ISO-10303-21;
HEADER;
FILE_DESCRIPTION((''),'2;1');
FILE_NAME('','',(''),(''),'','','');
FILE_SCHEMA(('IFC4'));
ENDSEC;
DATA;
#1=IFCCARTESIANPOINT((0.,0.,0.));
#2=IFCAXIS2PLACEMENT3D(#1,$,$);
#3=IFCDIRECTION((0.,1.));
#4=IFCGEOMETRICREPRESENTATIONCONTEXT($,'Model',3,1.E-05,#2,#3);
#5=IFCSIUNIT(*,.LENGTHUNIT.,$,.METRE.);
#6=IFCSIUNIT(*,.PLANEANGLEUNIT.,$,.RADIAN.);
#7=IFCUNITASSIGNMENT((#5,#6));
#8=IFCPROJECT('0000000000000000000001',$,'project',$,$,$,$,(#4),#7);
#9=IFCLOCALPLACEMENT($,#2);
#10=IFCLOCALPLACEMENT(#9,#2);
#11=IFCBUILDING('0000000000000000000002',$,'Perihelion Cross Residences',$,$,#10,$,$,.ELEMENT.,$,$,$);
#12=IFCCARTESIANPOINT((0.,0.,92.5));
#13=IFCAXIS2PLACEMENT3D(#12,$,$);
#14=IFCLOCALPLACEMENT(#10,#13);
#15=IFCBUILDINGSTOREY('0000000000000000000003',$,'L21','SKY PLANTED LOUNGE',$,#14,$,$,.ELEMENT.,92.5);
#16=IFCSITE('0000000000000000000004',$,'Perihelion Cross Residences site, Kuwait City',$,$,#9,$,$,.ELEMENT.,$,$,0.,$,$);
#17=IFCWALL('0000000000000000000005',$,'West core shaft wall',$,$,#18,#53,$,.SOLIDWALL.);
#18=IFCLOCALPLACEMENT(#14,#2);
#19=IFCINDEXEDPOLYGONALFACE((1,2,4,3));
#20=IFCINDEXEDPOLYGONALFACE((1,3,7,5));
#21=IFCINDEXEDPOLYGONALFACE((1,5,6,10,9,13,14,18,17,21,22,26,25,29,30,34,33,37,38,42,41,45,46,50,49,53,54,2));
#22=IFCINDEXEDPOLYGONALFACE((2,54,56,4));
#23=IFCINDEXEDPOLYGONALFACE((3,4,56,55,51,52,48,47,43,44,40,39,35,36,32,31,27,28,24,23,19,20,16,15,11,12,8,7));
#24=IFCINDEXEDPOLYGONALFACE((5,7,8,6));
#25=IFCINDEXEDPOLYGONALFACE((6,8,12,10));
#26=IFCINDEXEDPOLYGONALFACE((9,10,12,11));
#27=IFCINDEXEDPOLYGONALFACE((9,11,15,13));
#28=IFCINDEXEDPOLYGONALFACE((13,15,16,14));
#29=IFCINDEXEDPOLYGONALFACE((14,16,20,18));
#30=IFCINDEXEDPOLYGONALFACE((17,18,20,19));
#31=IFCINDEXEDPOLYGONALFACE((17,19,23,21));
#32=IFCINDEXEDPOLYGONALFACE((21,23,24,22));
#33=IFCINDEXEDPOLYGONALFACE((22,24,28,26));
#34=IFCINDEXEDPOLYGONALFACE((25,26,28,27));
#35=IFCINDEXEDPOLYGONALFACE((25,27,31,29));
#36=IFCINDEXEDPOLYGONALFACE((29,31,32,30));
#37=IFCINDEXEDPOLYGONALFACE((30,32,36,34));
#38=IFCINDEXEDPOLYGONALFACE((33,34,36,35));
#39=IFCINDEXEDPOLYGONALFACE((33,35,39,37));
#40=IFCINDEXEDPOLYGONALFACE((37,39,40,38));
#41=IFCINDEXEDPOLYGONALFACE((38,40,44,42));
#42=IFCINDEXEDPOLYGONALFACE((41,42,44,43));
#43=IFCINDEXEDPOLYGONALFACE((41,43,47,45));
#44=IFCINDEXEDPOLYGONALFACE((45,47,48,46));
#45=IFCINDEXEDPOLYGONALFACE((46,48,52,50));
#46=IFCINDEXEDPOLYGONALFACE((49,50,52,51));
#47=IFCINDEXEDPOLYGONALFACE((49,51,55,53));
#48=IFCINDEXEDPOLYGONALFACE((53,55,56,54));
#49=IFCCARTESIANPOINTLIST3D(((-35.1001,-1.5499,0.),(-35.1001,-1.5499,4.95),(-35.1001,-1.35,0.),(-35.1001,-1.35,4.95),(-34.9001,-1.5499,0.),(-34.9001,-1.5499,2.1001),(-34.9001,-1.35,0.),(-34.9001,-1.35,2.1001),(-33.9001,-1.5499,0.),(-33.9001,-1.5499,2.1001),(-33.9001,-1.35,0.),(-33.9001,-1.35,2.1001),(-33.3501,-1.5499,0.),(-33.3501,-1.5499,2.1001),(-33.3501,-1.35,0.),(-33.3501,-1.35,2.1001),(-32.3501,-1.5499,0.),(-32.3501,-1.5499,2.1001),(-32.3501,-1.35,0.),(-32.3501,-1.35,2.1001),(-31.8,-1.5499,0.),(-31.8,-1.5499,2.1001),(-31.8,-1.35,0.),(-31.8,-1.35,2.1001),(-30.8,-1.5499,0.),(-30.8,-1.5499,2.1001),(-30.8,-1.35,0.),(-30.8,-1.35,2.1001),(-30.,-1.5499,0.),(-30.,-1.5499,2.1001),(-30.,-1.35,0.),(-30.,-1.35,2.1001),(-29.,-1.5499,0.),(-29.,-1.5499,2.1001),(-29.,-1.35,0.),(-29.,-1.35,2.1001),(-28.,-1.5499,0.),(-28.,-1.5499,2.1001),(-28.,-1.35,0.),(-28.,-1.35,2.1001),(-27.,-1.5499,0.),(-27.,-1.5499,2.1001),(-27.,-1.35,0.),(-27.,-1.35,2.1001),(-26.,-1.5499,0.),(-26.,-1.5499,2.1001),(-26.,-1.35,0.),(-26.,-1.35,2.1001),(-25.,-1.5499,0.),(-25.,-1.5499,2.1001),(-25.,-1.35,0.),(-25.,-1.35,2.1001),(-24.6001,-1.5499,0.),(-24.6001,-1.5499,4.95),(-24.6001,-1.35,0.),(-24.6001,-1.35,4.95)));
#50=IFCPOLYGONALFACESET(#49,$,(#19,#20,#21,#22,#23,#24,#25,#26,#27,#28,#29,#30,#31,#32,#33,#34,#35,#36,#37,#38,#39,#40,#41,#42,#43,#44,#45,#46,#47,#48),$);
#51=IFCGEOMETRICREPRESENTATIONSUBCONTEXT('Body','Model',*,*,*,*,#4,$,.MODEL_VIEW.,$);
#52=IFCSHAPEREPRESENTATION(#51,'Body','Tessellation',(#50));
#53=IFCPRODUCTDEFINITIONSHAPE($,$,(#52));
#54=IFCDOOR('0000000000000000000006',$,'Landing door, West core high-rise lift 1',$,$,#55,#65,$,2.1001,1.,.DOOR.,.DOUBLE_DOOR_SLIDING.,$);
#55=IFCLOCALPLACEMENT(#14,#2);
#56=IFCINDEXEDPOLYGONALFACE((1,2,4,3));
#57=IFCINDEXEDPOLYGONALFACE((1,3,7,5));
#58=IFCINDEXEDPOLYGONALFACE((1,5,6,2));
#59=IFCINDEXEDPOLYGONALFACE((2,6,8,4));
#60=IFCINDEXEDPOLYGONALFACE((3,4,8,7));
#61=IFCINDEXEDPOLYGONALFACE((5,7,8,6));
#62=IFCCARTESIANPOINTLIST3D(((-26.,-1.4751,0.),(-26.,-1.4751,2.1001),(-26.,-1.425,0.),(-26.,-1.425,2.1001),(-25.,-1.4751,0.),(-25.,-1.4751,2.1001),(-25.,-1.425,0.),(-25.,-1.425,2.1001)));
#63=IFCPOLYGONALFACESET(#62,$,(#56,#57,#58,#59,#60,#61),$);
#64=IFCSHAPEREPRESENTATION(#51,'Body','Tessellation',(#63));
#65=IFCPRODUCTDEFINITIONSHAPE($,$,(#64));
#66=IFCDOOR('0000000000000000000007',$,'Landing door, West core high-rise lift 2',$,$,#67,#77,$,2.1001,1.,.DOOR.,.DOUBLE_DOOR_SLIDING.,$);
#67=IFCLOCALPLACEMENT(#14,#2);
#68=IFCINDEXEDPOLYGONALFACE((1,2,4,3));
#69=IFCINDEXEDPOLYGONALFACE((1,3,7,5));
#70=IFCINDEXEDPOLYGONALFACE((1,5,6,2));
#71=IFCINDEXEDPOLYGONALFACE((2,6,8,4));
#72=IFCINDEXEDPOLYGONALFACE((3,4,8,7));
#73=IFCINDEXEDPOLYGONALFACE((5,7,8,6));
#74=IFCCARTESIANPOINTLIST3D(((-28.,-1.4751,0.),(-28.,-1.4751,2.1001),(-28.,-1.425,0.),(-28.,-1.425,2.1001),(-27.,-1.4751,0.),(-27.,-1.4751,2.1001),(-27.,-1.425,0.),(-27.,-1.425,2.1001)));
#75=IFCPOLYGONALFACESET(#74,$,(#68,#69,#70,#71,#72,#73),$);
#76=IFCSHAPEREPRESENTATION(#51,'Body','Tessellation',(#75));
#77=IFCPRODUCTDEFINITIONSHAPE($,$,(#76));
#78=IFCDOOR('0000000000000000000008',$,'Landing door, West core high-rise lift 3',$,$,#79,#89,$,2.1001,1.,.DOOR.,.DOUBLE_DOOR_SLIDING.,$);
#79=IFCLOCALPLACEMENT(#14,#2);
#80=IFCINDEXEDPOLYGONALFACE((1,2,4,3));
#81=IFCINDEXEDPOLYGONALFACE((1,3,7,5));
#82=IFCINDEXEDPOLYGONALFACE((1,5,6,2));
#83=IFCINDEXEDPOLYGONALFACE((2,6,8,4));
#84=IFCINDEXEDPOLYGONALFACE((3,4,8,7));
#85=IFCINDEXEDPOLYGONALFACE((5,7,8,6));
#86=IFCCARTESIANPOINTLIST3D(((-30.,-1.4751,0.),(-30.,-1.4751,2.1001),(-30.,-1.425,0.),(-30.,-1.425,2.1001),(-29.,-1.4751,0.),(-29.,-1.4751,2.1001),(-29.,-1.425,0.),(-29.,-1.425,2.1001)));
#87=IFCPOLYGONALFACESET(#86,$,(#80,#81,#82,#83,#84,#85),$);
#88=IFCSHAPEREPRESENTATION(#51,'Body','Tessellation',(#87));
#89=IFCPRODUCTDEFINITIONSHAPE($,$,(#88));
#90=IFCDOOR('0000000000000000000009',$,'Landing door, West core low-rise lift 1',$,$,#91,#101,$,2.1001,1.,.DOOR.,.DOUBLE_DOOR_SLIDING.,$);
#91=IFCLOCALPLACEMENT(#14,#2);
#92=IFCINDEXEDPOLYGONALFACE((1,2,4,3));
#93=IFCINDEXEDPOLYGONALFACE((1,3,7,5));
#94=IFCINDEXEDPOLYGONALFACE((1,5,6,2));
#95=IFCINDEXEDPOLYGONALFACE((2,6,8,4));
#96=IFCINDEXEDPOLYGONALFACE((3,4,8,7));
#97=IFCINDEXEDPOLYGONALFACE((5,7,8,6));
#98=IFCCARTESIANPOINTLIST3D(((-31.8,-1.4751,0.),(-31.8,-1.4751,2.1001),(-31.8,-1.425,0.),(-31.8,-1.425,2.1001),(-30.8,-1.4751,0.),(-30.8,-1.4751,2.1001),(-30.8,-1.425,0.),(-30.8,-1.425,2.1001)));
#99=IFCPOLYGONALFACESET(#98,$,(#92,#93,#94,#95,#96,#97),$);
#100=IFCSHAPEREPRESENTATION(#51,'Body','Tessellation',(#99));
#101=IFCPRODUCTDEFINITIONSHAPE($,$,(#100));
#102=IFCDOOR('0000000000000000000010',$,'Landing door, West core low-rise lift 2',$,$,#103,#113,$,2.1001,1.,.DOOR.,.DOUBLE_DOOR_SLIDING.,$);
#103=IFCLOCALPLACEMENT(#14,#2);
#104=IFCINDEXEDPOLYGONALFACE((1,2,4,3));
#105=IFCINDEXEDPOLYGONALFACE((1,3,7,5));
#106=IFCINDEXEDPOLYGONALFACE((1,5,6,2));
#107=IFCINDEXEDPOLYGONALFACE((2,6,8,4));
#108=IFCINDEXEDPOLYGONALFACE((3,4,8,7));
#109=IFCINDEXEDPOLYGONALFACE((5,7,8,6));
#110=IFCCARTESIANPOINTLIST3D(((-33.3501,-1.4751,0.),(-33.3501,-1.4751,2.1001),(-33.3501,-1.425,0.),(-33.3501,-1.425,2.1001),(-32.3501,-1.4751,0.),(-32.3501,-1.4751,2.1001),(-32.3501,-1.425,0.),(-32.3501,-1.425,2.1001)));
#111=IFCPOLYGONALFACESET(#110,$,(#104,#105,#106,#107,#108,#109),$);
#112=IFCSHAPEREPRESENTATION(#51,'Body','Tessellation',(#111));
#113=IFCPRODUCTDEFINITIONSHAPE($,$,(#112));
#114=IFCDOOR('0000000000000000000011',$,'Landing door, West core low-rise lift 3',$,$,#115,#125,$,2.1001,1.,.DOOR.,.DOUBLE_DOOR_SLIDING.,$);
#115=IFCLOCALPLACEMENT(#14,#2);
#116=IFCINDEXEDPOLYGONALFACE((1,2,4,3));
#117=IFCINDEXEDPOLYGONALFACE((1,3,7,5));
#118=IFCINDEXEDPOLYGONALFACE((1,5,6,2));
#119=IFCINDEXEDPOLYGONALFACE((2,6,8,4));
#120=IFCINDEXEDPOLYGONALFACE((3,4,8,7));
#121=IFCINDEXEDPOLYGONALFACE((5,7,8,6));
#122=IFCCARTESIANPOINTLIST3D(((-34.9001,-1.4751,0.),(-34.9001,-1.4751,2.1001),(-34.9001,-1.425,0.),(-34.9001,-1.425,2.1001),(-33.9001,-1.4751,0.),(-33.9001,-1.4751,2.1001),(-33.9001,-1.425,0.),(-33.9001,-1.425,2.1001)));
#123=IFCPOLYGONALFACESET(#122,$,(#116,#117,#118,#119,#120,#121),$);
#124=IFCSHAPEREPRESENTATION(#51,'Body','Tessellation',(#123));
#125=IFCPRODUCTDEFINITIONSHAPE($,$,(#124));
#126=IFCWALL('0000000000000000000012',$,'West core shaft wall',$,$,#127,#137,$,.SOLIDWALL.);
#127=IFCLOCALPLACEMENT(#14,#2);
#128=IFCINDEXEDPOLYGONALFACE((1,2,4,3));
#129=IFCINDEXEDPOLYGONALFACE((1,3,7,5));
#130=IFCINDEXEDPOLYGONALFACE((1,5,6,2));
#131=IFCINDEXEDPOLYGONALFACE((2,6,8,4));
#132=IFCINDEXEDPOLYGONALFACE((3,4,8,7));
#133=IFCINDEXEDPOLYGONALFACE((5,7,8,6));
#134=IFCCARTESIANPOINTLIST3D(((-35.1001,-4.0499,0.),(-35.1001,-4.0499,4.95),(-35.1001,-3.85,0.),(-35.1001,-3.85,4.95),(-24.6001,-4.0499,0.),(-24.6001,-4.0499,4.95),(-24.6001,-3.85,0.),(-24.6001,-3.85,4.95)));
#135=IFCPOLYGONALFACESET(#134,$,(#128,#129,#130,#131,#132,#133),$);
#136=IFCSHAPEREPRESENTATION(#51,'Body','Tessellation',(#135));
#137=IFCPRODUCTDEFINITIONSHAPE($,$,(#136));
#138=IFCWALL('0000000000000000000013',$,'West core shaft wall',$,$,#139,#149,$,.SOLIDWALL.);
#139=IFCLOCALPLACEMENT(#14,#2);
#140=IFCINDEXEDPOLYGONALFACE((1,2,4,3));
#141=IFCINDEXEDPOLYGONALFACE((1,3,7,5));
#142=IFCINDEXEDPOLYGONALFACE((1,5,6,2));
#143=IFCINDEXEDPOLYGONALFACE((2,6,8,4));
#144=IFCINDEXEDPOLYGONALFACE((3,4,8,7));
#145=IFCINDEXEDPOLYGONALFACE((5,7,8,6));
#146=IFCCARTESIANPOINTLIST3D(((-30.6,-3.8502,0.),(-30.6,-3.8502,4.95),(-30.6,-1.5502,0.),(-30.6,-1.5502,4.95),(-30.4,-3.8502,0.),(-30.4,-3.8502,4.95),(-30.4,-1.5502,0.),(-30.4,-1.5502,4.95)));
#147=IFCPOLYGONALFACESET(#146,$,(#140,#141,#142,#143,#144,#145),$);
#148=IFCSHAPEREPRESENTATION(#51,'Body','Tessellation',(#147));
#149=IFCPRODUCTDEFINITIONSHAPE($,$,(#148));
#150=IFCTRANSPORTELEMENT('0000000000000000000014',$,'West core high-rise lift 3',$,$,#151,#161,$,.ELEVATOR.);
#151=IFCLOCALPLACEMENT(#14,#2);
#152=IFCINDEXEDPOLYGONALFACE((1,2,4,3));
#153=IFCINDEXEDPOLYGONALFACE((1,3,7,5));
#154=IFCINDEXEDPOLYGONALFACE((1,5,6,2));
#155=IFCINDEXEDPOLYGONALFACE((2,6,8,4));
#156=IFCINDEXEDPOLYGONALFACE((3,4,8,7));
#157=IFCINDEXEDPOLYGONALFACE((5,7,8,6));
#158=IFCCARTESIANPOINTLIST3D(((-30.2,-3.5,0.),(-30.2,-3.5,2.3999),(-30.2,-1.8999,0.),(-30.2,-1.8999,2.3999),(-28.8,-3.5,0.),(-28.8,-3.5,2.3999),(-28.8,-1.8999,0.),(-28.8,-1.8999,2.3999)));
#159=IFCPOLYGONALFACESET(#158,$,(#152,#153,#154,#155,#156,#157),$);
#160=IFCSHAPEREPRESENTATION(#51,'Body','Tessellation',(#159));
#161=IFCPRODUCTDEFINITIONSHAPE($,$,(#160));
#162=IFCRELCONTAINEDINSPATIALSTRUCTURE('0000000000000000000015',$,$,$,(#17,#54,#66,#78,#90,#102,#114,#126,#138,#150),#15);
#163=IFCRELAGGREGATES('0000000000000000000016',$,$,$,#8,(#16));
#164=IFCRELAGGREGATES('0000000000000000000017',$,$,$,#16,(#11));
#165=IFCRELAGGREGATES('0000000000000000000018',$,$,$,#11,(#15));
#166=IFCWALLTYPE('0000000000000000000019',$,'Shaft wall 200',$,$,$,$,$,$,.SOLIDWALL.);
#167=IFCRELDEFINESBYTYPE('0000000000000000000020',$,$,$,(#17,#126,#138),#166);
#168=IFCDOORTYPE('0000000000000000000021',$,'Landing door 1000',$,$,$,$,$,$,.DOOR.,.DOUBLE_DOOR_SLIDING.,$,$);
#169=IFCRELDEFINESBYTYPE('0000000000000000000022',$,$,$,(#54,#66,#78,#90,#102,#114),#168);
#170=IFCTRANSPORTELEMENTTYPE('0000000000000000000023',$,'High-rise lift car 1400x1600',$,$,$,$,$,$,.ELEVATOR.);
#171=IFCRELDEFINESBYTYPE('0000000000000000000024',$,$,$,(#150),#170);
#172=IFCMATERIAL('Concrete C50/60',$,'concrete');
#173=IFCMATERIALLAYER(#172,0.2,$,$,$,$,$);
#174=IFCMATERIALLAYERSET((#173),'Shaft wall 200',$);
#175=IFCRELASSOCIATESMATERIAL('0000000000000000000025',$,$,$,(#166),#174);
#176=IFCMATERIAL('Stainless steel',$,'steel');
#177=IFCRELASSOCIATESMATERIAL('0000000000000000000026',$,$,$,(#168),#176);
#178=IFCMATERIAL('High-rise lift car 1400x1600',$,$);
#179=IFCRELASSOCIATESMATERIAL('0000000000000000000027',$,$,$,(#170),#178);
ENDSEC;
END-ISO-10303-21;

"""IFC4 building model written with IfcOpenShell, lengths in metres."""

from ifc_helpers import new_model, si_unit, direction, frame, frame_2d, origin, origin_2d, place, context, subcontext, project, spatial, rectangle, extrude, material, layer, layer_set, type_object, element, fill, save


model = new_model("IFC4")

# Units and contexts
model_context = context("Model", 3, precision=1e-05, world=origin(), true_north=direction((0.0, 1.0)))
body_context = subcontext(model_context, "Body", "Model", "MODEL_VIEW")
ifc_project = project(units=[si_unit("LENGTHUNIT", "METRE"), si_unit("PLANEANGLEUNIT", "RADIAN")], contexts=[model_context])

# Site, building, storey
site_placement = place(None, origin())
site = spatial("IfcSite", under=ifc_project, at=site_placement, Name="Perihelion Cross Residences site, Kuwait City", CompositionType="ELEMENT", RefElevation=0.0)
building_placement = place(site_placement, origin())
building = spatial("IfcBuilding", under=site, at=building_placement, Name="Perihelion Cross Residences", CompositionType="ELEMENT")
storey_placement = place(building_placement, frame((0.0, 0.0, 92.5)))
storey = spatial("IfcBuildingStorey", under=building, at=storey_placement, Name="L21", Description="SKY PLANTED LOUNGE", CompositionType="ELEMENT", Elevation=92.5)

# Wall, openings, doors
ifc_material_1 = material(Name="Concrete C50/60", Category="concrete")
ifc_layer_1 = layer(ifc_material_1, 0.2)
ifc_layer_set_1 = layer_set([ifc_layer_1], Name="Shaft wall 200")
wall_type_1 = type_object("IfcWallType", Name="Shaft wall 200", PredefinedType="SOLIDWALL", material=ifc_layer_set_1)
wall_1_placement = place(storey_placement, frame((-35.1001, -1.45, 0.0), z_axis=(0.0, 0.0, 1.0), x_axis=(1.0, 0.0, 0.0)))
wall_1 = element("IfcWall", 1, at=wall_1_placement, inside=storey, type_object=wall_type_1, Name="West core shaft wall", PredefinedType="SOLIDWALL", context=body_context, shape_type="SweptSolid", body=[
    extrude(rectangle(XDim=10.5, YDim=0.2, at=frame_2d((5.25, 0.0))), origin(), (0.0, 0.0, 1.0), 4.95),
])
opening_1_placement = place(wall_1_placement, frame((9.1001, 0.0, 0.0)))
opening_1 = element("IfcOpeningElement", 2, at=opening_1_placement, cuts=wall_1, PredefinedType="OPENING", context=body_context, shape_type="SweptSolid", body=[
    extrude(rectangle(XDim=1.0, YDim=2.1001, at=frame_2d((0.5, 1.05))), frame((0.0, 0.1099, 0.0), z_axis=(0.0, -1.0, 0.0), x_axis=(1.0, 0.0, 0.0)), (0.0, 0.0, 1.0), 0.22),
])
opening_2_placement = place(wall_1_placement, frame((7.1001, 0.0, 0.0)))
opening_2 = element("IfcOpeningElement", 3, at=opening_2_placement, cuts=wall_1, PredefinedType="OPENING", context=body_context, shape_type="SweptSolid", body=[
    extrude(rectangle(XDim=1.0, YDim=2.1001, at=frame_2d((0.5, 1.05))), frame((0.0, 0.1099, 0.0), z_axis=(0.0, -1.0, 0.0), x_axis=(1.0, 0.0, 0.0)), (0.0, 0.0, 1.0), 0.22),
])
opening_3_placement = place(wall_1_placement, frame((5.1001, 0.0, 0.0)))
opening_3 = element("IfcOpeningElement", 4, at=opening_3_placement, cuts=wall_1, PredefinedType="OPENING", context=body_context, shape_type="SweptSolid", body=[
    extrude(rectangle(XDim=1.0, YDim=2.1001, at=frame_2d((0.5, 1.05))), frame((0.0, 0.1099, 0.0), z_axis=(0.0, -1.0, 0.0), x_axis=(1.0, 0.0, 0.0)), (0.0, 0.0, 1.0), 0.22),
])
opening_4_placement = place(wall_1_placement, frame((3.3, 0.0, 0.0)))
opening_4 = element("IfcOpeningElement", 5, at=opening_4_placement, cuts=wall_1, PredefinedType="OPENING", context=body_context, shape_type="SweptSolid", body=[
    extrude(rectangle(XDim=1.0, YDim=2.1001, at=frame_2d((0.5, 1.05))), frame((0.0, 0.1099, 0.0), z_axis=(0.0, -1.0, 0.0), x_axis=(1.0, 0.0, 0.0)), (0.0, 0.0, 1.0), 0.22),
])
opening_5_placement = place(wall_1_placement, frame((1.75, 0.0, 0.0)))
opening_5 = element("IfcOpeningElement", 6, at=opening_5_placement, cuts=wall_1, PredefinedType="OPENING", context=body_context, shape_type="SweptSolid", body=[
    extrude(rectangle(XDim=1.0, YDim=2.1001, at=frame_2d((0.5, 1.05))), frame((0.0, 0.1099, 0.0), z_axis=(0.0, -1.0, 0.0), x_axis=(1.0, 0.0, 0.0)), (0.0, 0.0, 1.0), 0.22),
])
opening_6_placement = place(wall_1_placement, frame((0.2, 0.0, 0.0)))
opening_6 = element("IfcOpeningElement", 7, at=opening_6_placement, cuts=wall_1, PredefinedType="OPENING", context=body_context, shape_type="SweptSolid", body=[
    extrude(rectangle(XDim=1.0, YDim=2.1001, at=frame_2d((0.5, 1.05))), frame((0.0, 0.1099, 0.0), z_axis=(0.0, -1.0, 0.0), x_axis=(1.0, 0.0, 0.0)), (0.0, 0.0, 1.0), 0.22),
])
ifc_material_2 = material(Name="Stainless steel", Category="steel")
door_type = type_object("IfcDoorType", Name="Landing door 1000", OperationType="DOUBLE_DOOR_SLIDING", PredefinedType="DOOR", material=ifc_material_2)
door_1_placement = place(opening_1_placement, origin())
door_1 = element("IfcDoor", 8, at=door_1_placement, inside=storey, type_object=door_type, Name="Landing door, West core high-rise lift 1", OperationType="DOUBLE_DOOR_SLIDING", OverallHeight=2.1001, OverallWidth=1.0, PredefinedType="DOOR", context=body_context, shape_type="SweptSolid", body=[
    extrude(rectangle(XDim=1.0, YDim=2.1001, at=frame_2d((0.5, 1.05))), frame((0.0, 0.0249, 0.0), z_axis=(0.0, -1.0, 0.0), x_axis=(1.0, 0.0, 0.0)), (0.0, 0.0, 1.0), 0.05),
])
fill(opening_1, door_1)
door_2_placement = place(opening_2_placement, origin())
door_2 = element("IfcDoor", 9, at=door_2_placement, inside=storey, type_object=door_type, Name="Landing door, West core high-rise lift 2", OperationType="DOUBLE_DOOR_SLIDING", OverallHeight=2.1001, OverallWidth=1.0, PredefinedType="DOOR", context=body_context, shape_type="SweptSolid", body=[
    extrude(rectangle(XDim=1.0, YDim=2.1001, at=frame_2d((0.5, 1.05))), frame((0.0, 0.0249, 0.0), z_axis=(0.0, -1.0, 0.0), x_axis=(1.0, 0.0, 0.0)), (0.0, 0.0, 1.0), 0.05),
])
fill(opening_2, door_2)
door_3_placement = place(opening_3_placement, origin())
door_3 = element("IfcDoor", 10, at=door_3_placement, inside=storey, type_object=door_type, Name="Landing door, West core high-rise lift 3", OperationType="DOUBLE_DOOR_SLIDING", OverallHeight=2.1001, OverallWidth=1.0, PredefinedType="DOOR", context=body_context, shape_type="SweptSolid", body=[
    extrude(rectangle(XDim=1.0, YDim=2.1001, at=frame_2d((0.5, 1.05))), frame((0.0, 0.0249, 0.0), z_axis=(0.0, -1.0, 0.0), x_axis=(1.0, 0.0, 0.0)), (0.0, 0.0, 1.0), 0.05),
])
fill(opening_3, door_3)
door_4_placement = place(opening_4_placement, origin())
door_4 = element("IfcDoor", 11, at=door_4_placement, inside=storey, type_object=door_type, Name="Landing door, West core low-rise lift 1", OperationType="DOUBLE_DOOR_SLIDING", OverallHeight=2.1001, OverallWidth=1.0, PredefinedType="DOOR", context=body_context, shape_type="SweptSolid", body=[
    extrude(rectangle(XDim=1.0, YDim=2.1001, at=frame_2d((0.5, 1.05))), frame((0.0, 0.0249, 0.0), z_axis=(0.0, -1.0, 0.0), x_axis=(1.0, 0.0, 0.0)), (0.0, 0.0, 1.0), 0.05),
])
fill(opening_4, door_4)
door_5_placement = place(opening_5_placement, origin())
door_5 = element("IfcDoor", 12, at=door_5_placement, inside=storey, type_object=door_type, Name="Landing door, West core low-rise lift 2", OperationType="DOUBLE_DOOR_SLIDING", OverallHeight=2.1001, OverallWidth=1.0, PredefinedType="DOOR", context=body_context, shape_type="SweptSolid", body=[
    extrude(rectangle(XDim=1.0, YDim=2.1001, at=frame_2d((0.5, 1.05))), frame((0.0, 0.0249, 0.0), z_axis=(0.0, -1.0, 0.0), x_axis=(1.0, 0.0, 0.0)), (0.0, 0.0, 1.0), 0.05),
])
fill(opening_5, door_5)
door_6_placement = place(opening_6_placement, origin())
door_6 = element("IfcDoor", 13, at=door_6_placement, inside=storey, type_object=door_type, Name="Landing door, West core low-rise lift 3", OperationType="DOUBLE_DOOR_SLIDING", OverallHeight=2.1001, OverallWidth=1.0, PredefinedType="DOOR", context=body_context, shape_type="SweptSolid", body=[
    extrude(rectangle(XDim=1.0, YDim=2.1001, at=frame_2d((0.5, 1.05))), frame((0.0, 0.0249, 0.0), z_axis=(0.0, -1.0, 0.0), x_axis=(1.0, 0.0, 0.0)), (0.0, 0.0, 1.0), 0.05),
])
fill(opening_6, door_6)

# Walls
wall_2_placement = place(storey_placement, frame((-35.1001, -3.95, 0.0), z_axis=(0.0, 0.0, 1.0), x_axis=(1.0, 0.0, 0.0)))
element("IfcWall", 14, at=wall_2_placement, inside=storey, type_object=wall_type_1, Name="West core shaft wall", PredefinedType="SOLIDWALL", context=body_context, shape_type="SweptSolid", body=[
    extrude(rectangle(XDim=10.5, YDim=0.2, at=frame_2d((5.25, 0.0))), origin(), (0.0, 0.0, 1.0), 4.95),
])
wall_3_placement = place(storey_placement, frame((-30.5, -3.8501, 0.0), z_axis=(0.0, 0.0, 1.0), x_axis=(0.0, 1.0, 0.0)))
element("IfcWall", 15, at=wall_3_placement, inside=storey, type_object=wall_type_1, Name="West core shaft wall", PredefinedType="SOLIDWALL", context=body_context, shape_type="SweptSolid", body=[
    extrude(rectangle(XDim=2.3, YDim=0.2, at=frame_2d((1.1499, 0.0))), origin(), (0.0, 0.0, 1.0), 4.95),
])

# Transport element
ifc_material_3 = material(Name="High-rise lift car 1400x1600")
transport_element_type = type_object("IfcTransportElementType", Name="High-rise lift car 1400x1600", PredefinedType="ELEVATOR", material=ifc_material_3)
transport_element_placement = place(storey_placement, frame((-29.5, -2.7, 0.0), z_axis=(0.0, 0.0, 1.0), x_axis=(1.0, 0.0, 0.0)))
element("IfcTransportElement", 16, at=transport_element_placement, inside=storey, type_object=transport_element_type, Name="West core high-rise lift 3", PredefinedType="ELEVATOR", context=body_context, shape_type="SweptSolid", body=[
    extrude(rectangle(XDim=1.3999, YDim=1.6001, at=origin_2d()), origin(), (0.0, 0.0, 1.0), 2.3999),
])

save(model, "model.ifc")
